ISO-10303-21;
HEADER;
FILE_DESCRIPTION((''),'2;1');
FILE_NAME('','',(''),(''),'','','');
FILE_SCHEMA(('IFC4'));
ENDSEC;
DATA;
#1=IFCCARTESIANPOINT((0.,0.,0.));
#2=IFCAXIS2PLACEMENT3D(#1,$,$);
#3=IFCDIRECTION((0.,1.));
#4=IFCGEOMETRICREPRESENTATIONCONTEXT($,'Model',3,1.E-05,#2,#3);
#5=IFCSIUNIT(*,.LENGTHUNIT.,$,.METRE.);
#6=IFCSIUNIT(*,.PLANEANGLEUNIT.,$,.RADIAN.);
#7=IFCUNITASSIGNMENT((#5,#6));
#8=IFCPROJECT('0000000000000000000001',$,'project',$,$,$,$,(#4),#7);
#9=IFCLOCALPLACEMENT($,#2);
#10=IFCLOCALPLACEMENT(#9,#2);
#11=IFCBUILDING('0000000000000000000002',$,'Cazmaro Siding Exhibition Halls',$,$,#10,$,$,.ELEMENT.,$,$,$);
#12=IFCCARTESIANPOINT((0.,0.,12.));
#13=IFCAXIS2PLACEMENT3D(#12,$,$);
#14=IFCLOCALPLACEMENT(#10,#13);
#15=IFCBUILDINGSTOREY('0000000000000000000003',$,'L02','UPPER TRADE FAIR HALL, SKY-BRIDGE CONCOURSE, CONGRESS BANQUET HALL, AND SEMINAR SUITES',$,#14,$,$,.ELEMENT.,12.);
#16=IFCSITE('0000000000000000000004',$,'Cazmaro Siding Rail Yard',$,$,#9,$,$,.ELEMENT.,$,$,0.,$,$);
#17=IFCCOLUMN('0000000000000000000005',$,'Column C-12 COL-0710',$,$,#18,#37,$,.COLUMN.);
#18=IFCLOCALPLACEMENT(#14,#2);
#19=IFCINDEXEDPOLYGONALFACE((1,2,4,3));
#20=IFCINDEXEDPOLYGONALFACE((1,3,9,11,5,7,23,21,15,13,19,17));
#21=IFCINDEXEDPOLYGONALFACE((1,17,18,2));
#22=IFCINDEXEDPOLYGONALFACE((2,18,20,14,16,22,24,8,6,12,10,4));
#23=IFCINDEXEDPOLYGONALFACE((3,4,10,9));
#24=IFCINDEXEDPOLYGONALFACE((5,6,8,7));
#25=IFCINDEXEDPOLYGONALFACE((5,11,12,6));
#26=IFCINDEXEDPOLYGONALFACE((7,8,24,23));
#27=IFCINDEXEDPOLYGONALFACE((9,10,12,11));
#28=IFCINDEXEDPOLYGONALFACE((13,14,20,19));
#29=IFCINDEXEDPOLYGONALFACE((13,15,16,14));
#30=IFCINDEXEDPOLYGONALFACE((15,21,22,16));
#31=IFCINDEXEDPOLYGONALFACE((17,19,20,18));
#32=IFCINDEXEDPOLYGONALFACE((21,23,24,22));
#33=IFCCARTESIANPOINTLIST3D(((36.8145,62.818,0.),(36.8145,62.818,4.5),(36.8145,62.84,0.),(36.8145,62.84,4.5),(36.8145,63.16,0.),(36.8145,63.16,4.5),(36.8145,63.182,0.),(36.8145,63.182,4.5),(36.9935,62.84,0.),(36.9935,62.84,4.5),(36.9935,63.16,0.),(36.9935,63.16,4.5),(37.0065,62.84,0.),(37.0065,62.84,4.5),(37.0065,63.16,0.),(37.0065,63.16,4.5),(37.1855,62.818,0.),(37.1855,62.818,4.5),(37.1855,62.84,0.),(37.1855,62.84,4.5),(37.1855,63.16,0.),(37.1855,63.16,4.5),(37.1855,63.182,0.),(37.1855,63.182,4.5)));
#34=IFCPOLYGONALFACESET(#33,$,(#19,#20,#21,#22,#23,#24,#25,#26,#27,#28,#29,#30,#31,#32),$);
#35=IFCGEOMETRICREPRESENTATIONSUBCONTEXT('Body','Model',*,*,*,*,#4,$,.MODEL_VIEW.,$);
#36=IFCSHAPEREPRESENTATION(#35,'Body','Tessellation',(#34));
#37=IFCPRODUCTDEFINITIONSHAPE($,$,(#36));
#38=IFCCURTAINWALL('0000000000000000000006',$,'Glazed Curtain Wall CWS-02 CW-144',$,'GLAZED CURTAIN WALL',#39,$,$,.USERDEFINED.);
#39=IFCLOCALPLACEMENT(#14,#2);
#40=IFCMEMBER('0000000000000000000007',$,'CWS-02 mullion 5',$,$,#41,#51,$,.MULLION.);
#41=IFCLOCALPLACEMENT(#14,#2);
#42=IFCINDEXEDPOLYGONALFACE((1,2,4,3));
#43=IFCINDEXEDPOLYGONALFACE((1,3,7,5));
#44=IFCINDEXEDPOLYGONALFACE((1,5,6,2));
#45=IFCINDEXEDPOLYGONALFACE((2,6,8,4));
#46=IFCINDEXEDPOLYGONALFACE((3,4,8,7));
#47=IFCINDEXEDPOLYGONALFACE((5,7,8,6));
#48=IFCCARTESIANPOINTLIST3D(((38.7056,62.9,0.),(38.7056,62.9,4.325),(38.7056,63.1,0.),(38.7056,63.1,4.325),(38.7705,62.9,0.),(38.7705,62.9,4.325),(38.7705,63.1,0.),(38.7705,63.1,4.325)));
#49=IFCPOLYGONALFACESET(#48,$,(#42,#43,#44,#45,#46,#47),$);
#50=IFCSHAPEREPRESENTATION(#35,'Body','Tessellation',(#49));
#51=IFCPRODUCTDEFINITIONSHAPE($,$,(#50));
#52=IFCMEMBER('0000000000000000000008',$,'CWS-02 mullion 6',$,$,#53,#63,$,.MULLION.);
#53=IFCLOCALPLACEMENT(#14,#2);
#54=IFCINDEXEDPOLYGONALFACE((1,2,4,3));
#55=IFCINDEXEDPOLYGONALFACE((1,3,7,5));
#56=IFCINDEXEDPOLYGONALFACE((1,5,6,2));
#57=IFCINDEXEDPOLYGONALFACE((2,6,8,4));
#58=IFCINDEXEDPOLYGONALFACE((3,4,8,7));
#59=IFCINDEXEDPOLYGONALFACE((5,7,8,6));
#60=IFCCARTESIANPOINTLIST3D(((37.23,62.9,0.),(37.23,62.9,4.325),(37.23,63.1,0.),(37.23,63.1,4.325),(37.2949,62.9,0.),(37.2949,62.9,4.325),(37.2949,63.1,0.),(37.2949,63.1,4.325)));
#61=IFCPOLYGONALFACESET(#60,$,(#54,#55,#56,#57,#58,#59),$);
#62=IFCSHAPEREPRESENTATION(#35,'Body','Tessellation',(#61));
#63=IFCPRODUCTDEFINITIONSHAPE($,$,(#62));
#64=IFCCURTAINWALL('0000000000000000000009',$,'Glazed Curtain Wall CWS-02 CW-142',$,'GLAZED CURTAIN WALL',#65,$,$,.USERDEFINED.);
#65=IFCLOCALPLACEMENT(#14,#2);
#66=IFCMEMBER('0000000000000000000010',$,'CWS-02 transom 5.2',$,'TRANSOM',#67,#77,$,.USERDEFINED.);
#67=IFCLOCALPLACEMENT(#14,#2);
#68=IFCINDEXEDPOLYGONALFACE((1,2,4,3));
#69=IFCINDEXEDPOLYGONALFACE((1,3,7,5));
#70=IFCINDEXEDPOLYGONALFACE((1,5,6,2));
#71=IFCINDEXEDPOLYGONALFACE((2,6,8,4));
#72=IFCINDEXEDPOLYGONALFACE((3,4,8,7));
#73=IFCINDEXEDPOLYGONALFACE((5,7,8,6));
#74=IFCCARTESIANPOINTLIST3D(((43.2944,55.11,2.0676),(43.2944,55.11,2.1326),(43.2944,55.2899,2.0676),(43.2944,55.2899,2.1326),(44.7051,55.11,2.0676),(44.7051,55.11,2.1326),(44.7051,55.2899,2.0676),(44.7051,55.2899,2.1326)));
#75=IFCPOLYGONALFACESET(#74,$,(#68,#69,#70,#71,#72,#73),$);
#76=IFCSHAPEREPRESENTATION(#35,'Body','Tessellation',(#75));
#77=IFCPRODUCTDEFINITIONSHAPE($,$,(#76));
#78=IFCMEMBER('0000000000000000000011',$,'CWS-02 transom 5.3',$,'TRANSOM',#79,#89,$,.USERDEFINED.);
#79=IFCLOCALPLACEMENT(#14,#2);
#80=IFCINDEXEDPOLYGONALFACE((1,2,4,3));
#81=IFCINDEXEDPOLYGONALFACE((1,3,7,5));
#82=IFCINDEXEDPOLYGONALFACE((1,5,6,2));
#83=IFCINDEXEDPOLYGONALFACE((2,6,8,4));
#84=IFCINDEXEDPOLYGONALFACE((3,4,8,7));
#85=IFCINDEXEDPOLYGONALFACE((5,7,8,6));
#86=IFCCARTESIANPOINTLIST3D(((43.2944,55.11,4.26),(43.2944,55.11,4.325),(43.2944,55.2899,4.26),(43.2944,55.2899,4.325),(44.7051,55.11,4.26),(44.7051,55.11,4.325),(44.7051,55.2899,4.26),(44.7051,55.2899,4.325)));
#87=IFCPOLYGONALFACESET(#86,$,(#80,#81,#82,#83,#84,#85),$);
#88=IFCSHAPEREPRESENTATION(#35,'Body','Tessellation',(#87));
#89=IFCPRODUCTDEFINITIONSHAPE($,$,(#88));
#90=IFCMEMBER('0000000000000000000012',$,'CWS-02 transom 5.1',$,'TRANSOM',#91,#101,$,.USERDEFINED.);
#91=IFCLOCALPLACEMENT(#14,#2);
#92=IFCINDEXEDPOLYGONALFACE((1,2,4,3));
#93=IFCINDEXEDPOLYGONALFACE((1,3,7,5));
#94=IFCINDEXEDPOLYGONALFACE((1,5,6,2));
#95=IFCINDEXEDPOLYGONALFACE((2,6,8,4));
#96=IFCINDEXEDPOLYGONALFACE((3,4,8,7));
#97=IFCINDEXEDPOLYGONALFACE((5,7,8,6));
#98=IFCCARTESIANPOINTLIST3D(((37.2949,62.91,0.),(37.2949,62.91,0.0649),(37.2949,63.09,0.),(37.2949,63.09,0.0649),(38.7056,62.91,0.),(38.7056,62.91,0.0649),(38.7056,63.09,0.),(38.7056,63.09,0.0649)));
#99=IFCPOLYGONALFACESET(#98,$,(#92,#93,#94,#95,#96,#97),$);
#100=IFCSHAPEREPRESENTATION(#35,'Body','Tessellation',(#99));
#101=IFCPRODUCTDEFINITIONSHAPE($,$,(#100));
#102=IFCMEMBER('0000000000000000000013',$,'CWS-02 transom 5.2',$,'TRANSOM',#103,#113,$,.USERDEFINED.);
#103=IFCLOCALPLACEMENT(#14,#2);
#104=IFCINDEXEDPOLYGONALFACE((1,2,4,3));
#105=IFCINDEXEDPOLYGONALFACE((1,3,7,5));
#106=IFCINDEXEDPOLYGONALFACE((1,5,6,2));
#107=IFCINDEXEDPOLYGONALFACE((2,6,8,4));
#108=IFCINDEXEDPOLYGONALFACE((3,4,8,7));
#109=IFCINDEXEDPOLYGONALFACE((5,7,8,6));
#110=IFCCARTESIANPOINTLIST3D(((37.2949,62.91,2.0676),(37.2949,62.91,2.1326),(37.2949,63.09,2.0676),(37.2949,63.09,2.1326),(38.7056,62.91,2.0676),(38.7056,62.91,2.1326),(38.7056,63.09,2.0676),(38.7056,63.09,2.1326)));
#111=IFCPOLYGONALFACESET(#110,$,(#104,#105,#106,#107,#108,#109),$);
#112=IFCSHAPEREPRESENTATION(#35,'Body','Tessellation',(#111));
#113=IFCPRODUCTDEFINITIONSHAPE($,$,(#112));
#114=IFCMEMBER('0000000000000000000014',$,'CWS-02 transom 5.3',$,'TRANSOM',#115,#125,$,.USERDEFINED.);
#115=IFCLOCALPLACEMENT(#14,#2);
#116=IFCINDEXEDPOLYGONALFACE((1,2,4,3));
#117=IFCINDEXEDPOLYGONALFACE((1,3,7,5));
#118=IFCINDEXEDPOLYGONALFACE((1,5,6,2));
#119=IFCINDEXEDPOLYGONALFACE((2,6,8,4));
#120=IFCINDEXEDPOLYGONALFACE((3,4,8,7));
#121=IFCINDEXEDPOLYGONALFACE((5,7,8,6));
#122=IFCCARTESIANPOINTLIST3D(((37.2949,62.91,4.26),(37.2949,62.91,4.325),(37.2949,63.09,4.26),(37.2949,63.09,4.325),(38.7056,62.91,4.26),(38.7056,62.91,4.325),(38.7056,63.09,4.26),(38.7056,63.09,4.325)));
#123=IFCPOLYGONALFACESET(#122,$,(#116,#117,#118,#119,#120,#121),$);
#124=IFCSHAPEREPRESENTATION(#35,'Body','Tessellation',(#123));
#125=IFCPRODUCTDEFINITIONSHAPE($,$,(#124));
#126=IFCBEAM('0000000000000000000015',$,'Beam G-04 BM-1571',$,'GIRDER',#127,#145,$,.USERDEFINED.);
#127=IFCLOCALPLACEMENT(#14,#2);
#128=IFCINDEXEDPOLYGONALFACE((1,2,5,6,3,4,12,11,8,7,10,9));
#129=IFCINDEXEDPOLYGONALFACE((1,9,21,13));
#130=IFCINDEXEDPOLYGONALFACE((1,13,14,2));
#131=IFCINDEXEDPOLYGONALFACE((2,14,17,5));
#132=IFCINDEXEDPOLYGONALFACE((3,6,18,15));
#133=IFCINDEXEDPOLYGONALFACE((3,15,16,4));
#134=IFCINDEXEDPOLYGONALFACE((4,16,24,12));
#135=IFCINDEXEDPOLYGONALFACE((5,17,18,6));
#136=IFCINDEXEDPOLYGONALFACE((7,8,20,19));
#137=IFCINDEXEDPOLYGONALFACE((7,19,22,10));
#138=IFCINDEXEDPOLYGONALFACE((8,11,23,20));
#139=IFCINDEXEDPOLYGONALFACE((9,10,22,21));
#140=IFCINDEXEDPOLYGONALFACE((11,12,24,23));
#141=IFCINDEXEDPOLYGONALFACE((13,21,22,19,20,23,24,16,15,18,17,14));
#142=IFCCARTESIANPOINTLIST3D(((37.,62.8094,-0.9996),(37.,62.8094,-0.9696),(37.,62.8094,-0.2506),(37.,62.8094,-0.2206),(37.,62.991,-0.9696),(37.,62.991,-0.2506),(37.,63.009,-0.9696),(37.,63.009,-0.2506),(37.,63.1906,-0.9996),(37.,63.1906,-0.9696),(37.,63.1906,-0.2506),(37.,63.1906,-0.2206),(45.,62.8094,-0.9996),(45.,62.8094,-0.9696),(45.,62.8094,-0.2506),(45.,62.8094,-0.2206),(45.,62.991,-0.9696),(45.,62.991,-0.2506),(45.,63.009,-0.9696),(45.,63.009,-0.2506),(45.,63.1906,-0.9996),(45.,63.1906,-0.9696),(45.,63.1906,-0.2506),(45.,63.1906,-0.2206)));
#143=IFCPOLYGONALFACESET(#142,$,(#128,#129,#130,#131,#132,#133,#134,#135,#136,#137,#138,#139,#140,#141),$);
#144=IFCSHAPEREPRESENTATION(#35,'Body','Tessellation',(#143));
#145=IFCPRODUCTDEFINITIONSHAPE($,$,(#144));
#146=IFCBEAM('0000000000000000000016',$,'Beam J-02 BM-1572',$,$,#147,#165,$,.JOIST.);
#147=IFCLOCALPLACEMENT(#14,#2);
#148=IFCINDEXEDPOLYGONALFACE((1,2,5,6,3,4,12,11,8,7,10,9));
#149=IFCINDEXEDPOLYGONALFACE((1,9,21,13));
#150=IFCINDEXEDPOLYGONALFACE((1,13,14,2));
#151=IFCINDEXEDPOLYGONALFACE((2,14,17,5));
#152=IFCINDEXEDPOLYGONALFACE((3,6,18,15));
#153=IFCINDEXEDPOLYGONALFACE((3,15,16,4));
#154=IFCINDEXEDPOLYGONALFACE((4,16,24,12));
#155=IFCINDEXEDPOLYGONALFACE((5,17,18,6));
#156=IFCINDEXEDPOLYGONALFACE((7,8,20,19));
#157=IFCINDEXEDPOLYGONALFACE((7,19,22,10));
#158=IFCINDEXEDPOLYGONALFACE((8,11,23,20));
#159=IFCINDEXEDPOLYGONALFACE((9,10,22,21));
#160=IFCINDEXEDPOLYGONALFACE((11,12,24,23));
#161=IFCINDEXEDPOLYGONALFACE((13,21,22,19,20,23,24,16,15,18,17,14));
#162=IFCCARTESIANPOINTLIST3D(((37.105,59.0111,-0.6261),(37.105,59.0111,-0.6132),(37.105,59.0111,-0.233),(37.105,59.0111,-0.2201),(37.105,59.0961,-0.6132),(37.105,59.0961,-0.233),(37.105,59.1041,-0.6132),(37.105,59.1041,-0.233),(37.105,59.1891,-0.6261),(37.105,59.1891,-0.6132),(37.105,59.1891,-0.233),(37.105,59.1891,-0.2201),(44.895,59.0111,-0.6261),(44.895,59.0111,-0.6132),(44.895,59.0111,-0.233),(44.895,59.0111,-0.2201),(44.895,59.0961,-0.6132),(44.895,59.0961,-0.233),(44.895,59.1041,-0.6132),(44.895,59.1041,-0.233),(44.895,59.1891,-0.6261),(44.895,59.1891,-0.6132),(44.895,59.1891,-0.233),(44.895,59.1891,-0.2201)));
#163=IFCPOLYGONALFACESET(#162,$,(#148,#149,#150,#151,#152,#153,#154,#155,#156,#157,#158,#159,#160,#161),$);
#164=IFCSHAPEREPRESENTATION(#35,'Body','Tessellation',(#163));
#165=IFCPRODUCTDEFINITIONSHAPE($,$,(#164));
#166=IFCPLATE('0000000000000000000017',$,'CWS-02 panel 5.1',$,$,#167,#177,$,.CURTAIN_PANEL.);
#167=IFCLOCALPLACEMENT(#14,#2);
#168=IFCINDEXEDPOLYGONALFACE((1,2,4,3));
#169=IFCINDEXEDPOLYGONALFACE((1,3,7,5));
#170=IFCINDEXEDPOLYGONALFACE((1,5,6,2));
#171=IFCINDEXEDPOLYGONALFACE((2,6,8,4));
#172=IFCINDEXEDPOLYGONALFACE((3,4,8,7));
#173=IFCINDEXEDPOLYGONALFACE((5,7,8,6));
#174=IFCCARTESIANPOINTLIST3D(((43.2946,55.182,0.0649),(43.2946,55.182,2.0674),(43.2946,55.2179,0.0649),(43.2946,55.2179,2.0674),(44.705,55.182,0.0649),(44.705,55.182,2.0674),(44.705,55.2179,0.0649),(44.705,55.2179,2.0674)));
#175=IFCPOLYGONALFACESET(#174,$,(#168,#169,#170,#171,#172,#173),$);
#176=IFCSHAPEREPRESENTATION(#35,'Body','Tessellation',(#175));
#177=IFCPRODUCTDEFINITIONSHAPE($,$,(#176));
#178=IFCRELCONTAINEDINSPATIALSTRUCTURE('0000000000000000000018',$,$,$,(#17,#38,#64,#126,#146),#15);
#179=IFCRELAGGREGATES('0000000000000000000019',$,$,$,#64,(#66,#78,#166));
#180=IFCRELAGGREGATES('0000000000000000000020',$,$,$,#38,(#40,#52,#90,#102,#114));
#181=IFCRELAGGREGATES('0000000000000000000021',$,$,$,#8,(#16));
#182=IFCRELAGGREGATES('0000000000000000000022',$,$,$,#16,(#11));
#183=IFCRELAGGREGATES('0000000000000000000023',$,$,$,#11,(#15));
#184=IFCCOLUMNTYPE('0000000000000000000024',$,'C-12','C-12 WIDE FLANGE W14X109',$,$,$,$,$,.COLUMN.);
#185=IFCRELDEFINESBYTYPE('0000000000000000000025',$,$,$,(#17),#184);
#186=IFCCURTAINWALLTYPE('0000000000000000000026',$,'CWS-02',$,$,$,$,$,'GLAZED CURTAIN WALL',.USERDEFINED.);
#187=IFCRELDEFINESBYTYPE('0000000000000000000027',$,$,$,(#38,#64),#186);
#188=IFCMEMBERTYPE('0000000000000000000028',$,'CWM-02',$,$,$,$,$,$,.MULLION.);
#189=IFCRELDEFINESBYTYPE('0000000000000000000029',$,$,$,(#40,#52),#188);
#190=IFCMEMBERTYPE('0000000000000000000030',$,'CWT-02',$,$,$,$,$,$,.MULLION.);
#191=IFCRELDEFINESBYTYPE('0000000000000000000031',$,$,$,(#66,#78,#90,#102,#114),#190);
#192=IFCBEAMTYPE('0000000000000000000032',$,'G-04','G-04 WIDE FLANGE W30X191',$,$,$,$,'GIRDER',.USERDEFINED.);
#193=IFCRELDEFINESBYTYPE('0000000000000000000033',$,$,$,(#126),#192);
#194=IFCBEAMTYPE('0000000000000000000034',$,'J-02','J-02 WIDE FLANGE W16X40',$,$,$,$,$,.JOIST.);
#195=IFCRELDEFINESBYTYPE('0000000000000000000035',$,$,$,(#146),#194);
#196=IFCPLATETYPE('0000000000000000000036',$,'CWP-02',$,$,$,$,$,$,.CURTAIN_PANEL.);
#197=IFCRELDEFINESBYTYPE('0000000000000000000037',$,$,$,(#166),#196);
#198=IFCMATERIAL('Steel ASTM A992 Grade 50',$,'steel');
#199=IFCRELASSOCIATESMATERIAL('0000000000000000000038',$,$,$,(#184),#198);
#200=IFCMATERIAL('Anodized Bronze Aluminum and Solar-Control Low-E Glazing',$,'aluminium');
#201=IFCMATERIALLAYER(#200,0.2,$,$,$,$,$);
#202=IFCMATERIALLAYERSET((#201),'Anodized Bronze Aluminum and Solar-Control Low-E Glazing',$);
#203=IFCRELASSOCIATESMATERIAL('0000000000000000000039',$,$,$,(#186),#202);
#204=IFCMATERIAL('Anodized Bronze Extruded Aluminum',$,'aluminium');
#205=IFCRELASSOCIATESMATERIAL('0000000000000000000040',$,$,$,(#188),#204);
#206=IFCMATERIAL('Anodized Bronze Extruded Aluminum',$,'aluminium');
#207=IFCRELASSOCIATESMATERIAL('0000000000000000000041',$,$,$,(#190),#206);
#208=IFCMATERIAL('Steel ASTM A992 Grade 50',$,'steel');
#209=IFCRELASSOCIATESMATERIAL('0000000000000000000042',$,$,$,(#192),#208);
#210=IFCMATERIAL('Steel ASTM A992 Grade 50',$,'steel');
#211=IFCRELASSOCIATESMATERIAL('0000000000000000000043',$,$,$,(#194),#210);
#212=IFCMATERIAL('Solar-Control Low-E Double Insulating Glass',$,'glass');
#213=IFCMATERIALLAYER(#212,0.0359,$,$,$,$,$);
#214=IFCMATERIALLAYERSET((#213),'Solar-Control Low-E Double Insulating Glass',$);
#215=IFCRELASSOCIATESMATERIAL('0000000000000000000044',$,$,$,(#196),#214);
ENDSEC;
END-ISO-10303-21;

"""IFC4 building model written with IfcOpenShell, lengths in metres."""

from ifc_helpers import new_model, si_unit, direction, frame, origin, origin_2d, place, context, subcontext, project, spatial, rectangle, i_section, extrude, material, layer, layer_set, material_profile, profile_set, type_object, element, aggregate, save


model = new_model("IFC4")

# Units and contexts
model_context = context("Model", 3, precision=1e-05, world=origin(), true_north=direction((0.0, 1.0)))
body_context = subcontext(model_context, "Body", "Model", "MODEL_VIEW")
ifc_project = project(units=[si_unit("LENGTHUNIT", "METRE"), si_unit("PLANEANGLEUNIT", "RADIAN")], contexts=[model_context])

# Site, building, storey
site_placement = place(None, origin())
site = spatial("IfcSite", under=ifc_project, at=site_placement, Name="Cazmaro Siding Rail Yard", CompositionType="ELEMENT", RefElevation=0.0)
building_placement = place(site_placement, origin())
building = spatial("IfcBuilding", under=site, at=building_placement, Name="Cazmaro Siding Exhibition Halls", CompositionType="ELEMENT")
storey_placement = place(building_placement, frame((0.0, 0.0, 12.0)))
storey = spatial("IfcBuildingStorey", under=building, at=storey_placement, Name="L02", Description="UPPER TRADE FAIR HALL, SKY-BRIDGE CONCOURSE, CONGRESS BANQUET HALL, AND SEMINAR SUITES", CompositionType="ELEMENT", Elevation=12.0)

# Column
ifc_material_1 = material(Name="Steel ASTM A992 Grade 50", Category="steel")
ifc_material_profile_1 = material_profile(ifc_material_1, i_section(OverallWidth=0.3711, OverallDepth=0.364, WebThickness=0.0129, FlangeThickness=0.022, at=origin_2d()), Name="W14X109")
ifc_profile_set_1 = profile_set([ifc_material_profile_1], Name="Steel ASTM A992 Grade 50")
column_type = type_object("IfcColumnType", Name="C-12", Description="C-12 WIDE FLANGE W14X109", PredefinedType="COLUMN", material=ifc_profile_set_1)
column_placement = place(storey_placement, frame((37.0, 63.0, 0.0), z_axis=(0.0, 0.0, 1.0), x_axis=(1.0, 0.0, 0.0)))
element("IfcColumn", 1, at=column_placement, inside=storey, type_object=column_type, Name="Column C-12 COL-0710", PredefinedType="COLUMN", context=body_context, shape_type="SweptSolid", body=[
    extrude(i_section(OverallWidth=0.3711, OverallDepth=0.364, WebThickness=0.0129, FlangeThickness=0.022, at=origin_2d()), origin(), (0.0, 0.0, 1.0), 4.5),
])

# Curtain walls, members
ifc_material_2 = material(Name="Anodized Bronze Aluminum and Solar-Control Low-E Glazing", Category="aluminium")
ifc_layer_1 = layer(ifc_material_2, 0.2)
ifc_layer_set_1 = layer_set([ifc_layer_1], Name="Anodized Bronze Aluminum and Solar-Control Low-E Glazing")
curtain_wall_type = type_object("IfcCurtainWallType", Name="CWS-02", ElementType="GLAZED CURTAIN WALL", PredefinedType="USERDEFINED", material=ifc_layer_set_1)
curtain_wall_1_placement = place(storey_placement, origin())
curtain_wall_1 = element("IfcCurtainWall", 2, at=curtain_wall_1_placement, inside=storey, type_object=curtain_wall_type, Name="Glazed Curtain Wall CWS-02 CW-144", ObjectType="GLAZED CURTAIN WALL", PredefinedType="USERDEFINED")
ifc_material_3 = material(Name="Anodized Bronze Extruded Aluminum", Category="aluminium")
ifc_material_profile_2 = material_profile(ifc_material_3, rectangle(XDim=0.2, YDim=0.0649, at=origin_2d()), Name="CWM-02")
ifc_profile_set_2 = profile_set([ifc_material_profile_2], Name="Anodized Bronze Extruded Aluminum")
member_type_1 = type_object("IfcMemberType", Name="CWM-02", PredefinedType="MULLION", material=ifc_profile_set_2)
member_1_placement = place(storey_placement, frame((38.738, 63.0, 0.0), z_axis=(0.0, 0.0, 1.0), x_axis=(0.0, -1.0, 0.0)))
member_1 = element("IfcMember", 3, at=member_1_placement, type_object=member_type_1, Name="CWS-02 mullion 5", PredefinedType="MULLION", context=body_context, shape_type="SweptSolid", body=[
    extrude(rectangle(XDim=0.2, YDim=0.0649, at=origin_2d()), origin(), (0.0, 0.0, 1.0), 4.325),
])
member_2_placement = place(storey_placement, frame((37.2625, 63.0, 0.0), z_axis=(0.0, 0.0, 1.0), x_axis=(0.0, -1.0, 0.0)))
member_2 = element("IfcMember", 4, at=member_2_placement, type_object=member_type_1, Name="CWS-02 mullion 6", PredefinedType="MULLION", context=body_context, shape_type="SweptSolid", body=[
    extrude(rectangle(XDim=0.2, YDim=0.0649, at=origin_2d()), origin(), (0.0, 0.0, 1.0), 4.325),
])
curtain_wall_2_placement = place(storey_placement, origin())
curtain_wall_2 = element("IfcCurtainWall", 5, at=curtain_wall_2_placement, inside=storey, type_object=curtain_wall_type, Name="Glazed Curtain Wall CWS-02 CW-142", ObjectType="GLAZED CURTAIN WALL", PredefinedType="USERDEFINED")
ifc_material_4 = material(Name="Anodized Bronze Extruded Aluminum", Category="aluminium")
ifc_material_profile_3 = material_profile(ifc_material_4, rectangle(XDim=0.1799, YDim=0.0649, at=origin_2d()), Name="CWT-02")
ifc_profile_set_3 = profile_set([ifc_material_profile_3], Name="Anodized Bronze Extruded Aluminum")
member_type_2 = type_object("IfcMemberType", Name="CWT-02", PredefinedType="MULLION", material=ifc_profile_set_3)
member_3_placement = place(storey_placement, frame((43.2944, 55.2, 2.1001), z_axis=(1.0, 0.0, 0.0), x_axis=(0.0, 1.0, 0.0)))
member_3 = element("IfcMember", 6, at=member_3_placement, type_object=member_type_2, Name="CWS-02 transom 5.2", ObjectType="TRANSOM", PredefinedType="USERDEFINED", context=body_context, shape_type="SweptSolid", body=[
    extrude(rectangle(XDim=0.1799, YDim=0.0649, at=origin_2d()), origin(), (0.0, 0.0, 1.0), 1.4106),
])
member_4_placement = place(storey_placement, frame((43.2944, 55.2, 4.2925), z_axis=(1.0, 0.0, 0.0), x_axis=(0.0, 1.0, 0.0)))
member_4 = element("IfcMember", 7, at=member_4_placement, type_object=member_type_2, Name="CWS-02 transom 5.3", ObjectType="TRANSOM", PredefinedType="USERDEFINED", context=body_context, shape_type="SweptSolid", body=[
    extrude(rectangle(XDim=0.1799, YDim=0.0649, at=origin_2d()), origin(), (0.0, 0.0, 1.0), 1.4106),
])

# Members
member_5_placement = place(storey_placement, frame((38.7056, 63.0, 0.0325), z_axis=(-1.0, 0.0, 0.0), x_axis=(0.0, -1.0, 0.0)))
member_5 = element("IfcMember", 8, at=member_5_placement, type_object=member_type_2, Name="CWS-02 transom 5.1", ObjectType="TRANSOM", PredefinedType="USERDEFINED", context=body_context, shape_type="SweptSolid", body=[
    extrude(rectangle(XDim=0.1799, YDim=0.0649, at=origin_2d()), origin(), (0.0, 0.0, 1.0), 1.4106),
])
member_6_placement = place(storey_placement, frame((38.7056, 63.0, 2.1001), z_axis=(-1.0, 0.0, 0.0), x_axis=(0.0, -1.0, 0.0)))
member_6 = element("IfcMember", 9, at=member_6_placement, type_object=member_type_2, Name="CWS-02 transom 5.2", ObjectType="TRANSOM", PredefinedType="USERDEFINED", context=body_context, shape_type="SweptSolid", body=[
    extrude(rectangle(XDim=0.1799, YDim=0.0649, at=origin_2d()), origin(), (0.0, 0.0, 1.0), 1.4106),
])
member_7_placement = place(storey_placement, frame((38.7056, 63.0, 4.2925), z_axis=(-1.0, 0.0, 0.0), x_axis=(0.0, -1.0, 0.0)))
member_7 = element("IfcMember", 10, at=member_7_placement, type_object=member_type_2, Name="CWS-02 transom 5.3", ObjectType="TRANSOM", PredefinedType="USERDEFINED", context=body_context, shape_type="SweptSolid", body=[
    extrude(rectangle(XDim=0.1799, YDim=0.0649, at=origin_2d()), origin(), (0.0, 0.0, 1.0), 1.4106),
])

# Beams
ifc_material_5 = material(Name="Steel ASTM A992 Grade 50", Category="steel")
ifc_material_profile_4 = material_profile(ifc_material_5, i_section(OverallWidth=0.3811, OverallDepth=0.7791, WebThickness=0.0181, FlangeThickness=0.03, at=origin_2d()), Name="W30X191")
ifc_profile_set_4 = profile_set([ifc_material_profile_4], Name="Steel ASTM A992 Grade 50")
beam_type_1 = type_object("IfcBeamType", Name="G-04", Description="G-04 WIDE FLANGE W30X191", ElementType="GIRDER", PredefinedType="USERDEFINED", material=ifc_profile_set_4)
beam_1_placement = place(storey_placement, frame((37.0, 63.0, -0.6101), z_axis=(1.0, 0.0, 0.0), x_axis=(0.0, 1.0, 0.0)))
element("IfcBeam", 11, at=beam_1_placement, inside=storey, type_object=beam_type_1, Name="Beam G-04 BM-1571", ObjectType="GIRDER", PredefinedType="USERDEFINED", context=body_context, shape_type="SweptSolid", body=[
    extrude(i_section(OverallWidth=0.3811, OverallDepth=0.7791, WebThickness=0.0181, FlangeThickness=0.03, at=origin_2d()), origin(), (0.0, 0.0, 1.0), 8.0),
])
ifc_material_6 = material(Name="Steel ASTM A992 Grade 50", Category="steel")
ifc_material_profile_5 = material_profile(ifc_material_6, i_section(OverallWidth=0.178, OverallDepth=0.406, WebThickness=0.0081, FlangeThickness=0.0129, at=origin_2d()), Name="W16X40")
ifc_profile_set_5 = profile_set([ifc_material_profile_5], Name="Steel ASTM A992 Grade 50")
beam_type_2 = type_object("IfcBeamType", Name="J-02", Description="J-02 WIDE FLANGE W16X40", PredefinedType="JOIST", material=ifc_profile_set_5)
beam_2_placement = place(storey_placement, frame((37.105, 59.1001, -0.4231), z_axis=(1.0, 0.0, 0.0), x_axis=(0.0, 1.0, 0.0)))
element("IfcBeam", 12, at=beam_2_placement, inside=storey, type_object=beam_type_2, Name="Beam J-02 BM-1572", PredefinedType="JOIST", context=body_context, shape_type="SweptSolid", body=[
    extrude(i_section(OverallWidth=0.178, OverallDepth=0.406, WebThickness=0.0081, FlangeThickness=0.0129, at=origin_2d()), origin(), (0.0, 0.0, 1.0), 7.79),
])

# Plate
ifc_material_7 = material(Name="Solar-Control Low-E Double Insulating Glass", Category="glass")
ifc_layer_2 = layer(ifc_material_7, 0.0359)
ifc_layer_set_2 = layer_set([ifc_layer_2], Name="Solar-Control Low-E Double Insulating Glass")
plate_type = type_object("IfcPlateType", Name="CWP-02", PredefinedType="CURTAIN_PANEL", material=ifc_layer_set_2)
plate_1_placement = place(storey_placement, frame((43.9998, 55.2, 0.0649), z_axis=(0.0, 0.0, 1.0), x_axis=(1.0, 0.0, 0.0)))
plate_1 = element("IfcPlate", 13, at=plate_1_placement, type_object=plate_type, Name="CWS-02 panel 5.1", PredefinedType="CURTAIN_PANEL", context=body_context, shape_type="SweptSolid", body=[
    extrude(rectangle(XDim=1.4104, YDim=0.0359, at=origin_2d()), origin(), (0.0, 0.0, 1.0), 2.0024),
])
aggregate(curtain_wall_2, [member_3, member_4, plate_1])
aggregate(curtain_wall_1, [member_1, member_2, member_5, member_6, member_7])

save(model, "model.ifc")
